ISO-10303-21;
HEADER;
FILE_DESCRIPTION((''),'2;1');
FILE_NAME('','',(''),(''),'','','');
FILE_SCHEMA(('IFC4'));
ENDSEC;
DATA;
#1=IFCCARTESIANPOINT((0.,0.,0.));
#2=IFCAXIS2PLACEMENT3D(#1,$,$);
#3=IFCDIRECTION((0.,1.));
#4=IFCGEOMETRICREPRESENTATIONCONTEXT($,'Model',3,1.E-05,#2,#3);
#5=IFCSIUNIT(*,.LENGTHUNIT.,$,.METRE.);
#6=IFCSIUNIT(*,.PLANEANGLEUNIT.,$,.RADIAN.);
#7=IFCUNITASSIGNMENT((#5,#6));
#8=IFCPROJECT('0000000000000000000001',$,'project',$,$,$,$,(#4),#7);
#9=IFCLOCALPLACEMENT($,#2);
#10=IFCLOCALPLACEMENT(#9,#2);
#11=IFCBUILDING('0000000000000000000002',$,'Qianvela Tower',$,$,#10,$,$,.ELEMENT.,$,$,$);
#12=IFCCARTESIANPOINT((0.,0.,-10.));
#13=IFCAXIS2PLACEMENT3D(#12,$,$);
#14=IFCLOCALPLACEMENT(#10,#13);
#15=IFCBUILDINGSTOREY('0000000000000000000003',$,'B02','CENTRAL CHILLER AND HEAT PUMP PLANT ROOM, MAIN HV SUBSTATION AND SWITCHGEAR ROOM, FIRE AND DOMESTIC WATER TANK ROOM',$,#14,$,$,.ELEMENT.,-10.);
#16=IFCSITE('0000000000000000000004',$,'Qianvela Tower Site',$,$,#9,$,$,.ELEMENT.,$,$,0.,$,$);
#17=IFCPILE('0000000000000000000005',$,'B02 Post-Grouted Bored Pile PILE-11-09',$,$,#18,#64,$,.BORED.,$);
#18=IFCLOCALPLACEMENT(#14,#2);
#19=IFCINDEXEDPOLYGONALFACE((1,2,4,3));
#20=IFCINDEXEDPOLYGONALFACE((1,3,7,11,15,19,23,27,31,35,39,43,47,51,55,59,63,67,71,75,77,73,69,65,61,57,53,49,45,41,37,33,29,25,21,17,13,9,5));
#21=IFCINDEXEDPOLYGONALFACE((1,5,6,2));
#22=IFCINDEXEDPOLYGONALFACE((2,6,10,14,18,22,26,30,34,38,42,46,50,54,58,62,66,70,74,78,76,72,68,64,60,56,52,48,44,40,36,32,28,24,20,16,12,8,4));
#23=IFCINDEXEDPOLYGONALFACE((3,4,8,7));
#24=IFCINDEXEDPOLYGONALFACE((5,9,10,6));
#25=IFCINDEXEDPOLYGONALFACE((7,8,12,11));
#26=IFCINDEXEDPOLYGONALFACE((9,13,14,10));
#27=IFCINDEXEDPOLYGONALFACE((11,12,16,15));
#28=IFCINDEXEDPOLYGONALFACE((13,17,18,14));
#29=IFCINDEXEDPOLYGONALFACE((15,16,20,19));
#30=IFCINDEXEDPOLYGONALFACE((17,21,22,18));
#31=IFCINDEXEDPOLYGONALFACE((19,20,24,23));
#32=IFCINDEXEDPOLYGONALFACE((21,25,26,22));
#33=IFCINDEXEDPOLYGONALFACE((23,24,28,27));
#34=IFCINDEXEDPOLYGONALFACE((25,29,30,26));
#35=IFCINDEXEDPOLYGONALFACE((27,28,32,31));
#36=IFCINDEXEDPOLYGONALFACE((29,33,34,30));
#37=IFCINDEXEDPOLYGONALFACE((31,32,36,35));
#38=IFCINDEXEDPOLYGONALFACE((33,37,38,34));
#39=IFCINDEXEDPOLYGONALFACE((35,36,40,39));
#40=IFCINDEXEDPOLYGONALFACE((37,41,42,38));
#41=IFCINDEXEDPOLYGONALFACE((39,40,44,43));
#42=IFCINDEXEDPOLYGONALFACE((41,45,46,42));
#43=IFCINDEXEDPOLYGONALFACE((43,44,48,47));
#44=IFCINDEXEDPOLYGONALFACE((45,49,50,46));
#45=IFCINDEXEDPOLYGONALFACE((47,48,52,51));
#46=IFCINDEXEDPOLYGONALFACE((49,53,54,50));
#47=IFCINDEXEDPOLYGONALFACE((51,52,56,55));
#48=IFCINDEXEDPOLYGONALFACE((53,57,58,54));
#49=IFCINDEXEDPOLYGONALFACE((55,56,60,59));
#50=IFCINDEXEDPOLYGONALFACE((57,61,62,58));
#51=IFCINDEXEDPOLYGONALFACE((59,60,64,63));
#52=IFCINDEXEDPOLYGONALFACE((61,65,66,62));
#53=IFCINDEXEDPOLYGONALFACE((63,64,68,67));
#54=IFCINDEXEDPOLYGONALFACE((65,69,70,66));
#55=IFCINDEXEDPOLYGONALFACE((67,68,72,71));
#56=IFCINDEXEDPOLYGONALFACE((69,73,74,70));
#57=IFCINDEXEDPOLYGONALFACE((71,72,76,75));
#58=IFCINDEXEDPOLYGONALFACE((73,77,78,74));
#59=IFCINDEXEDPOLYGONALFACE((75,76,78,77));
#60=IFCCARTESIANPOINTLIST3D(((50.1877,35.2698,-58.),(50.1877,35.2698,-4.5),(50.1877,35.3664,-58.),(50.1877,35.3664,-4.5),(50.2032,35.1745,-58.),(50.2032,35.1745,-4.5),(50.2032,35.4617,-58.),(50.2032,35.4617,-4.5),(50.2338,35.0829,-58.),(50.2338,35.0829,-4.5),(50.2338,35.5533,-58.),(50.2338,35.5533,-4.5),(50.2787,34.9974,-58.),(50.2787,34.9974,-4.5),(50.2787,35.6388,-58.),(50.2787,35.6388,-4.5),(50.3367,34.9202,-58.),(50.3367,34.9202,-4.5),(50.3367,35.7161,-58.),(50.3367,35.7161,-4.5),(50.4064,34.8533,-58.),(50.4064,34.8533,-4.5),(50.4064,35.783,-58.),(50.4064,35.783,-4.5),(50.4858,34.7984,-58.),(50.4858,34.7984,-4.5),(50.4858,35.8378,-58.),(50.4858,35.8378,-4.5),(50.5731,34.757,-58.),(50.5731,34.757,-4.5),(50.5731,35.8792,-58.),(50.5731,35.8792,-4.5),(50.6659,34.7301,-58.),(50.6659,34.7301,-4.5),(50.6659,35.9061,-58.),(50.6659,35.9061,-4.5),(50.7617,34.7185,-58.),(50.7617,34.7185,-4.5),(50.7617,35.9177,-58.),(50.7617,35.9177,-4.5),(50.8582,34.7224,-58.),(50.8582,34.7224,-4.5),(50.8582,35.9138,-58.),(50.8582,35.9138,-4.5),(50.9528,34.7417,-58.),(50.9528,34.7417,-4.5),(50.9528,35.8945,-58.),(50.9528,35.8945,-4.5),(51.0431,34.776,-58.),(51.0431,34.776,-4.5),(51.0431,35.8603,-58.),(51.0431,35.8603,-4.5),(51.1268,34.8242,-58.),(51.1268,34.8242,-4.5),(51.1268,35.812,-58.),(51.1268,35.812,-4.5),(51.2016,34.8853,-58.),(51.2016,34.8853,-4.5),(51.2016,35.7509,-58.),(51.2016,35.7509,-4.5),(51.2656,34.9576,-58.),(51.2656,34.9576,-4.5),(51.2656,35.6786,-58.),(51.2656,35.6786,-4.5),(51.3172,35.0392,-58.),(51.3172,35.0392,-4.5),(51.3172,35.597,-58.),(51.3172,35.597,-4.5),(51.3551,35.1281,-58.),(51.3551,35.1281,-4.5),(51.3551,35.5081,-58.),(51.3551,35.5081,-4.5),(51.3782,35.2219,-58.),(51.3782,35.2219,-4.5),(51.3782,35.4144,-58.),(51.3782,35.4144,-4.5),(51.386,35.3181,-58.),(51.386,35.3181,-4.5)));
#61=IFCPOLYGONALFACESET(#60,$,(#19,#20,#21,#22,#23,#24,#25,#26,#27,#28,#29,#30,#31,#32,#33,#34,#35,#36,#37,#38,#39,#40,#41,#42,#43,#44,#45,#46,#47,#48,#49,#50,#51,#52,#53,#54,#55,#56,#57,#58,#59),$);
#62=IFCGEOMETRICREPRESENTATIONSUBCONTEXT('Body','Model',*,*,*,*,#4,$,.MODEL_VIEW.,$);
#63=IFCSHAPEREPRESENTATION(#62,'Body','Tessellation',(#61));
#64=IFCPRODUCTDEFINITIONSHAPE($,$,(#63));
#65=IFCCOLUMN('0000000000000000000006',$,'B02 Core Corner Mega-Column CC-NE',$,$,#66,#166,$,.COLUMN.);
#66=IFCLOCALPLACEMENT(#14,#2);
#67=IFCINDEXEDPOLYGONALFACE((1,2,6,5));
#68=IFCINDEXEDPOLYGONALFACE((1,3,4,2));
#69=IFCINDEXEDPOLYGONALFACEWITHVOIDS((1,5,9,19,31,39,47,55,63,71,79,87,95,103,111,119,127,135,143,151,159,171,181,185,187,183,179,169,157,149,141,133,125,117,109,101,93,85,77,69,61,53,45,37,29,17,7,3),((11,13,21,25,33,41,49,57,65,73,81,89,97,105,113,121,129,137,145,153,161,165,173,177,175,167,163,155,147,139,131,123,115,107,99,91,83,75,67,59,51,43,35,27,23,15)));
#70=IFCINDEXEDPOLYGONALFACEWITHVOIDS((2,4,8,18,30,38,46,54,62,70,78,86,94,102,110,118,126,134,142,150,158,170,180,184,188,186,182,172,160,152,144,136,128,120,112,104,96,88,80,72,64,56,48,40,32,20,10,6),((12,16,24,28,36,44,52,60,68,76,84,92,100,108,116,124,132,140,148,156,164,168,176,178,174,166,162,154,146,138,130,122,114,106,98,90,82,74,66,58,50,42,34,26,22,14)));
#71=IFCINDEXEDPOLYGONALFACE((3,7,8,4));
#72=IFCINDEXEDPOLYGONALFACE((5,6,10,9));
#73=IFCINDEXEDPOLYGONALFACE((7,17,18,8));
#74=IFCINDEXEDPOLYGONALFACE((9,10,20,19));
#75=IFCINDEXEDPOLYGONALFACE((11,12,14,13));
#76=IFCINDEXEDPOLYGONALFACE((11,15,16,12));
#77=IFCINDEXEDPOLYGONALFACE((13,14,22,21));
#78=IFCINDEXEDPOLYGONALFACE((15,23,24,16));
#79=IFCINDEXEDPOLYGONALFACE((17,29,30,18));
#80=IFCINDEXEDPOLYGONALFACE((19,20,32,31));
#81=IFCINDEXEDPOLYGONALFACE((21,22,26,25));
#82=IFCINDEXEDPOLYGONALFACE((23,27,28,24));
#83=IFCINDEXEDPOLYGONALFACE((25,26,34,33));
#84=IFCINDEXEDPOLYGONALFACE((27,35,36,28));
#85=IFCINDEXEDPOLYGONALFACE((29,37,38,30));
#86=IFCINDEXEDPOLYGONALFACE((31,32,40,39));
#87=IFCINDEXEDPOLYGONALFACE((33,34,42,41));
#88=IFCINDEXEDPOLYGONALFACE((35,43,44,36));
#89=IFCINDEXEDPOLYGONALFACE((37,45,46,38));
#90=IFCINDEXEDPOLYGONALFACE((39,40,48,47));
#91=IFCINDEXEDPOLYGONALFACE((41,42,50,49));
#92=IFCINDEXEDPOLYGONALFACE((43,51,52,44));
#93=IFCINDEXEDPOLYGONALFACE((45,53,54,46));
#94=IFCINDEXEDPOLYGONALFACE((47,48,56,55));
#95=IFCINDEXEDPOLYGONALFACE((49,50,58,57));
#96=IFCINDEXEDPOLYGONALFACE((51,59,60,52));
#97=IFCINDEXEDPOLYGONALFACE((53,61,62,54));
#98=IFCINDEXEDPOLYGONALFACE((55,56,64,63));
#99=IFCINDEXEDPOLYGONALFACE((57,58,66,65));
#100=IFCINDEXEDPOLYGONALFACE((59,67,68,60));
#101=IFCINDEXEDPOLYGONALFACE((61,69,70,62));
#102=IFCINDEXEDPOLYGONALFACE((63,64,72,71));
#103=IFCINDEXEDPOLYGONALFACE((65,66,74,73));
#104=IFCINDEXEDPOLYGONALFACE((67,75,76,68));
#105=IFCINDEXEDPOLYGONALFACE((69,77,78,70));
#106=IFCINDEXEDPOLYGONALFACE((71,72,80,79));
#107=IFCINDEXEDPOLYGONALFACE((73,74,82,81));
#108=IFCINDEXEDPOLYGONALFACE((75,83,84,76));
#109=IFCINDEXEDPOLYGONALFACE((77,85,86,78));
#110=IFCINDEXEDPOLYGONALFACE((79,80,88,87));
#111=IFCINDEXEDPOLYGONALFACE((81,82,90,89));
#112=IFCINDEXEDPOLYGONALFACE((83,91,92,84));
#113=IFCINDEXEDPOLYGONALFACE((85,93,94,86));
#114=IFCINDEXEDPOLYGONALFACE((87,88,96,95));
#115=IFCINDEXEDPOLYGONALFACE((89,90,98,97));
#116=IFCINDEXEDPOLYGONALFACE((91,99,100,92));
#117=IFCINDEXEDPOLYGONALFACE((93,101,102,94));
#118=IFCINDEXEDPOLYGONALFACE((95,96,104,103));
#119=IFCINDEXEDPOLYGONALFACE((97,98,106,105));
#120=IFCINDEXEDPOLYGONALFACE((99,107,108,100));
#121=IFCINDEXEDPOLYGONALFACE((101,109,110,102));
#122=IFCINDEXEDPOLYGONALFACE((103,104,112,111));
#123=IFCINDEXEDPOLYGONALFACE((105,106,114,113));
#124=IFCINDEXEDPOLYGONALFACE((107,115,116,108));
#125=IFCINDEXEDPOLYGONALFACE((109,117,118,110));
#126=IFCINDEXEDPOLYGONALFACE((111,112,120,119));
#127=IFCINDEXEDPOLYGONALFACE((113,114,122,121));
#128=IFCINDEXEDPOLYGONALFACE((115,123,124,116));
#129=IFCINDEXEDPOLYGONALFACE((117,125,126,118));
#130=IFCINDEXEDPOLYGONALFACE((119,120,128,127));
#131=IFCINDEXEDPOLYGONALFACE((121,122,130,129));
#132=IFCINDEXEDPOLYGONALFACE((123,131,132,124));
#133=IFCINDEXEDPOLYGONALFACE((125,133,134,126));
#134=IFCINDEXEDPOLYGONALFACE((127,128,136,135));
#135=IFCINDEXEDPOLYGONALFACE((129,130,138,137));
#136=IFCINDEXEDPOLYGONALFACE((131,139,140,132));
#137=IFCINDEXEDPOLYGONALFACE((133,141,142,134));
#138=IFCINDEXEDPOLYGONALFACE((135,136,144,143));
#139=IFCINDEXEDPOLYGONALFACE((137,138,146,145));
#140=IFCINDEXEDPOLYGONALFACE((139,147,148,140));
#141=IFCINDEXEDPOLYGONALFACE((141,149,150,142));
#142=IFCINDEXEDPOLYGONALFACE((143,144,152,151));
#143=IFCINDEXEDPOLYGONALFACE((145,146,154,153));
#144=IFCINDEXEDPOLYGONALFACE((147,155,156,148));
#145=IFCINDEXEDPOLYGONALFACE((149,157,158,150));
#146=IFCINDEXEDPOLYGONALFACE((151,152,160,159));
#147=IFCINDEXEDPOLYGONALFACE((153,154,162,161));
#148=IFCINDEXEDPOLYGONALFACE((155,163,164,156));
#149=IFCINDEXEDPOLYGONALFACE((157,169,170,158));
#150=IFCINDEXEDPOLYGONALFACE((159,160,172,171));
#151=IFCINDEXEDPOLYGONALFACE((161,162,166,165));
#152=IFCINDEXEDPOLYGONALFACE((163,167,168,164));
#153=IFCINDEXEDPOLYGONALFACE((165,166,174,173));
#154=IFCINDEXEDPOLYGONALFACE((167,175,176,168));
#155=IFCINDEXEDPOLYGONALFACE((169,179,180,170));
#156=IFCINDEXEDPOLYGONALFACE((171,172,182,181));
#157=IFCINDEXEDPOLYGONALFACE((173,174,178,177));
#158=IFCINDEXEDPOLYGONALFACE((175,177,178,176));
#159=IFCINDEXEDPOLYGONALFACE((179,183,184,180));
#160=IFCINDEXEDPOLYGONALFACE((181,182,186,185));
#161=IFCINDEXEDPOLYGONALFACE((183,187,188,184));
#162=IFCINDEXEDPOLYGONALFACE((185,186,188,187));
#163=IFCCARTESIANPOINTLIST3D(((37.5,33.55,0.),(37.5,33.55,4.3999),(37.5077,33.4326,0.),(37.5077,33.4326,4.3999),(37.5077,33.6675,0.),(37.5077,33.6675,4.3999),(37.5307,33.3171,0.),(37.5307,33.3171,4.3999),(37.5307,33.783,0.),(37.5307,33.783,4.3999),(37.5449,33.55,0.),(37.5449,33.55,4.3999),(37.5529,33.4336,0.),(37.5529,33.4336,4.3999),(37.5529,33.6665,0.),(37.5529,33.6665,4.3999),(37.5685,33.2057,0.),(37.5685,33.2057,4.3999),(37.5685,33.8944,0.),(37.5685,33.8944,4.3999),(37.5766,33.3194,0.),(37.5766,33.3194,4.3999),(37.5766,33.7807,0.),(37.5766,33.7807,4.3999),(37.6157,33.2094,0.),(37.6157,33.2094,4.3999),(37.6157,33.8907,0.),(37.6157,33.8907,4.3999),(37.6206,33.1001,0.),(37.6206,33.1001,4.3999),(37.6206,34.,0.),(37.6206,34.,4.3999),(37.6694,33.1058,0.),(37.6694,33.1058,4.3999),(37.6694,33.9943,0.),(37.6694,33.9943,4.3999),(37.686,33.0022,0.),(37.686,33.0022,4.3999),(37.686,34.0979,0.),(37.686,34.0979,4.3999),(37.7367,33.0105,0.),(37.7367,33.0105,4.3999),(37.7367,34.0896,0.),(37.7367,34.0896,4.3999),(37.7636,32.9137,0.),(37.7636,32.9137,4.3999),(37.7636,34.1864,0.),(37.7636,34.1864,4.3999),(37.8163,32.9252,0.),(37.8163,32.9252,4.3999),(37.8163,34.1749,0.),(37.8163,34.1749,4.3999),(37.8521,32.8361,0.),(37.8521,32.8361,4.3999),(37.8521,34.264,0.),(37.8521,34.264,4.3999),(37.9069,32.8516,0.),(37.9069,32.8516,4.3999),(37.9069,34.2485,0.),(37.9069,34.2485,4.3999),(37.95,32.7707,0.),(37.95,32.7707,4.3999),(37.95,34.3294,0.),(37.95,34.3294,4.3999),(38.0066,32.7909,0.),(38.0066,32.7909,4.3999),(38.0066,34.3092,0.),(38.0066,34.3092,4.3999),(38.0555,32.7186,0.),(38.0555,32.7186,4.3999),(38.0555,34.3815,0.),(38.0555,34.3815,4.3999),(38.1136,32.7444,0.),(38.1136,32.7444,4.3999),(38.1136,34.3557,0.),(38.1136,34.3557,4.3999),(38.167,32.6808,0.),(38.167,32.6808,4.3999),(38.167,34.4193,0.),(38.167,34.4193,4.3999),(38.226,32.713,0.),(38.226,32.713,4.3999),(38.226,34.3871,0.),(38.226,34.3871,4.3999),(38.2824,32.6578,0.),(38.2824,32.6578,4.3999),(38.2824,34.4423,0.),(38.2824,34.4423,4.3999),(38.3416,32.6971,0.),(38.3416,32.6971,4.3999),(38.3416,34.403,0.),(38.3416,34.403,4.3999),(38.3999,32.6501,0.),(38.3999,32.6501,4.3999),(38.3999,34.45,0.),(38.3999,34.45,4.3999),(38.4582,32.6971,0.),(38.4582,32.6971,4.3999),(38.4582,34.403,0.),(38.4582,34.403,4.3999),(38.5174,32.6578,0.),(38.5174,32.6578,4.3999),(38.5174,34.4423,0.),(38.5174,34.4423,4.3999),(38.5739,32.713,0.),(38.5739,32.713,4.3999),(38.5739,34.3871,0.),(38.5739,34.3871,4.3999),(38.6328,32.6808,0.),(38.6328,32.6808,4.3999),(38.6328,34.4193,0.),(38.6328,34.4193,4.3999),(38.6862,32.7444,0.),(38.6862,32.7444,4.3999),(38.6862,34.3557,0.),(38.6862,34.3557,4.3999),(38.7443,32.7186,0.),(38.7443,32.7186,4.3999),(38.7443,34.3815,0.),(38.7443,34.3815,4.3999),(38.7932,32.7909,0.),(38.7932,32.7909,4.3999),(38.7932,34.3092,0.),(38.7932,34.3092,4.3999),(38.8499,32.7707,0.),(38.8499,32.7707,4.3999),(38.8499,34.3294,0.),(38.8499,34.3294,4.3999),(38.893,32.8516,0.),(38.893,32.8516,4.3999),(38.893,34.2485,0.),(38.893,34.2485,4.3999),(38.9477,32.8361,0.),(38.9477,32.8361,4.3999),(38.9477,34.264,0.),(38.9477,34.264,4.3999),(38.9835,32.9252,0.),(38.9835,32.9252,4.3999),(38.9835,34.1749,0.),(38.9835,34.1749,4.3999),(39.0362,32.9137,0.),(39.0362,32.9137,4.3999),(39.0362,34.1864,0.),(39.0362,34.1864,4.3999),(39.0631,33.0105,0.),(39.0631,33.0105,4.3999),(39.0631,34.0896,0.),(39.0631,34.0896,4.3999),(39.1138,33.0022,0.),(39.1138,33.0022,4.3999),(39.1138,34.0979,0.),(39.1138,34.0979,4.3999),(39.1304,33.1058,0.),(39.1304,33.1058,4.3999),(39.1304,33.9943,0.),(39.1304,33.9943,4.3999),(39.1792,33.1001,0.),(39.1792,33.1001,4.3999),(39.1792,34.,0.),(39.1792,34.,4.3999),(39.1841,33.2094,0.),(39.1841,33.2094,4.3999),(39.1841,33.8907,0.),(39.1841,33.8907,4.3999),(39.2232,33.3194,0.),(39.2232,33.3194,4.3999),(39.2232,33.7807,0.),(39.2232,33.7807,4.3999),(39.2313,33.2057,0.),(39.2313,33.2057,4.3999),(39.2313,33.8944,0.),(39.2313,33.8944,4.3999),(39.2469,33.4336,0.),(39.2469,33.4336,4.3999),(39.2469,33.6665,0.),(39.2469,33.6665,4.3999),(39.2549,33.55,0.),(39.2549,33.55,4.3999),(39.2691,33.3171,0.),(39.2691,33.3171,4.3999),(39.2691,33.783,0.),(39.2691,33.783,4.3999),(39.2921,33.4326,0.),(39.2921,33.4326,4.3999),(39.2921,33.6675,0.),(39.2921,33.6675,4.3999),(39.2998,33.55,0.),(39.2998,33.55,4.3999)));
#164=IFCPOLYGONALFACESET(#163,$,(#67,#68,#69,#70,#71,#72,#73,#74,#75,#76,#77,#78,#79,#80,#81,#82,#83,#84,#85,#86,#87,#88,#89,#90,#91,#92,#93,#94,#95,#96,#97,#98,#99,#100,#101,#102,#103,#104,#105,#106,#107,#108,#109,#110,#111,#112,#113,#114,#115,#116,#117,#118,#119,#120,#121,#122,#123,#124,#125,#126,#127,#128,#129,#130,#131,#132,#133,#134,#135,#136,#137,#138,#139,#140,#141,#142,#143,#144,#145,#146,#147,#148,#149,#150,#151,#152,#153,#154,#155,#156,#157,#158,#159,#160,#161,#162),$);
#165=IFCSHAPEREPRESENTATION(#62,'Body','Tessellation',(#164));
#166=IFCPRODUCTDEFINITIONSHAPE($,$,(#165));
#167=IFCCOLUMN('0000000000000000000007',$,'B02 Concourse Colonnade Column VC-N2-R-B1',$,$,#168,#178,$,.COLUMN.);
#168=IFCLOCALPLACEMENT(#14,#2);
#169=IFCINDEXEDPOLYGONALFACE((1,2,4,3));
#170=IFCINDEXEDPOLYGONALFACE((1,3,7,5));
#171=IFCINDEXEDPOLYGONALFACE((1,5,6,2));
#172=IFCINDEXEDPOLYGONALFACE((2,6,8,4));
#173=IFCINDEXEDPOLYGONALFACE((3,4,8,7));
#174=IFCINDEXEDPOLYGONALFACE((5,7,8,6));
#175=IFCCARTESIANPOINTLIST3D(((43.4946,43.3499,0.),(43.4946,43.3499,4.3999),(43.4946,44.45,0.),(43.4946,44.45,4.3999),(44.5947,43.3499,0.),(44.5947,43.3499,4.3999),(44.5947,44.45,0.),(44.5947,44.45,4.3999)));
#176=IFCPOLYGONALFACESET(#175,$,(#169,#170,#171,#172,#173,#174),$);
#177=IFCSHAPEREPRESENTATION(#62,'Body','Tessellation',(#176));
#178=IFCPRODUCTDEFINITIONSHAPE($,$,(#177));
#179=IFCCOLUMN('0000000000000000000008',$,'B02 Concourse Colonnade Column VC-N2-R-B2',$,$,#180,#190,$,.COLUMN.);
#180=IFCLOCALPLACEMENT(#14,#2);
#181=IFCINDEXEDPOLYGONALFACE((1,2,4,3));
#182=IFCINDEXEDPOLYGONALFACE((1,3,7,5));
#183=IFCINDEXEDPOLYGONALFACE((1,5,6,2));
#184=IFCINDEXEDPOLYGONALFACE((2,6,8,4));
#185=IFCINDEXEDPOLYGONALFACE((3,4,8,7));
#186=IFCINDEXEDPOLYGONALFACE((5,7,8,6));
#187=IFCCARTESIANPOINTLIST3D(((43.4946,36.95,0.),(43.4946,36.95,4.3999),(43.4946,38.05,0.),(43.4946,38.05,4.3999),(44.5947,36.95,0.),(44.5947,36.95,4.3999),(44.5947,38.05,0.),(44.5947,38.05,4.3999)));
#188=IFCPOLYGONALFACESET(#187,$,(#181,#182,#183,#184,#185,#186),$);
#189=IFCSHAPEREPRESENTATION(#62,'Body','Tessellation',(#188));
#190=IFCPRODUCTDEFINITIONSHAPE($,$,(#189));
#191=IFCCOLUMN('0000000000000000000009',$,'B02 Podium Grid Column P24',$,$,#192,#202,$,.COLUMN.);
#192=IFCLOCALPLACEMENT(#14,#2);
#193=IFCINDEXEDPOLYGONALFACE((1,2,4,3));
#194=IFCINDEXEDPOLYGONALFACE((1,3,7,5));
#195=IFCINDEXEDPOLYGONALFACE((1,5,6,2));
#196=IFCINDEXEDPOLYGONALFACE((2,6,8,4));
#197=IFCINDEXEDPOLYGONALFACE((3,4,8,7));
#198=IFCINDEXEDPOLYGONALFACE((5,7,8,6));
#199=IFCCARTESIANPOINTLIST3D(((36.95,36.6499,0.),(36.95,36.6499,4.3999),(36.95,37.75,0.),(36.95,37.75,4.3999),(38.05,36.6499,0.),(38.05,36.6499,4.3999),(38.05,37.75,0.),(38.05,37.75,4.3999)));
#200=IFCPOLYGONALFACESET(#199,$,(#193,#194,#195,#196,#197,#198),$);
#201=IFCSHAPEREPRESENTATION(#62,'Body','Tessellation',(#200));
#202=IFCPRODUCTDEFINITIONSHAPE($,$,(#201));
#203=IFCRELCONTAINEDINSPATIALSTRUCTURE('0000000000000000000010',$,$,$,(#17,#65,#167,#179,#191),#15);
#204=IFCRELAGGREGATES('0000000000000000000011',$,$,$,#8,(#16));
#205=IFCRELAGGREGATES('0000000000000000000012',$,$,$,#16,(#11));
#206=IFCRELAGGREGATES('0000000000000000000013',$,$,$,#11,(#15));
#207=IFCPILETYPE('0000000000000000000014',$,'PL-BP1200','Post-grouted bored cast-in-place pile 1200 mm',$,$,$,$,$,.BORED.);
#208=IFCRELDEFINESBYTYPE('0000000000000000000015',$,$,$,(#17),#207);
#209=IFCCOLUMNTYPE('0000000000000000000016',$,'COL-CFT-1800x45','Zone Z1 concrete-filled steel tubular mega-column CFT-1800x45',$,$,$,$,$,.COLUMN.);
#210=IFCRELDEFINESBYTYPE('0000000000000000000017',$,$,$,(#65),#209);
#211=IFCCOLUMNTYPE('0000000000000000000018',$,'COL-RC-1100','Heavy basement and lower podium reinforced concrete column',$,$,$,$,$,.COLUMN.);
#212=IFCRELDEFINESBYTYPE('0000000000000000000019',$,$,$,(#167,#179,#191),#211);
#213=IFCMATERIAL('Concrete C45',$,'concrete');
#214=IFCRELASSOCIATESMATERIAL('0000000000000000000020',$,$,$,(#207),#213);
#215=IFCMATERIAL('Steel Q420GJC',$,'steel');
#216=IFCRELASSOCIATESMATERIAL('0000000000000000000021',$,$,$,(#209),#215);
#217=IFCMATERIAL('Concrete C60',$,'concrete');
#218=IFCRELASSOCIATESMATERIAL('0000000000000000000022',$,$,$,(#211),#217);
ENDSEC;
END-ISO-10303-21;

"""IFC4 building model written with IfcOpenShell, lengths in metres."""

from ifc_helpers import new_model, si_unit, direction, frame, origin, origin_2d, place, context, subcontext, project, spatial, rectangle, circle, hollow_circle, extrude, material, material_profile, profile_set, type_object, element, save


model = new_model("IFC4")

# Units and contexts
model_context = context("Model", 3, precision=1e-05, world=origin(), true_north=direction((0.0, 1.0)))
body_context = subcontext(model_context, "Body", "Model", "MODEL_VIEW")
ifc_project = project(units=[si_unit("LENGTHUNIT", "METRE"), si_unit("PLANEANGLEUNIT", "RADIAN")], contexts=[model_context])

# Site, building, storey
site_placement = place(None, origin())
site = spatial("IfcSite", under=ifc_project, at=site_placement, Name="Qianvela Tower Site", CompositionType="ELEMENT", RefElevation=0.0)
building_placement = place(site_placement, origin())
building = spatial("IfcBuilding", under=site, at=building_placement, Name="Qianvela Tower", CompositionType="ELEMENT")
storey_placement = place(building_placement, frame((0.0, 0.0, -10.0)))
storey = spatial("IfcBuildingStorey", under=building, at=storey_placement, Name="B02", Description="CENTRAL CHILLER AND HEAT PUMP PLANT ROOM, MAIN HV SUBSTATION AND SWITCHGEAR ROOM, FIRE AND DOMESTIC WATER TANK ROOM", CompositionType="ELEMENT", Elevation=-10.0)

# Pile
ifc_material_1 = material(Name="Concrete C45", Category="concrete")
ifc_material_profile_1 = material_profile(ifc_material_1, circle(Radius=0.6001, at=origin_2d()), Name="BP-1200")
ifc_profile_set_1 = profile_set([ifc_material_profile_1], Name="Concrete C45")
pile_type = type_object("IfcPileType", Name="PL-BP1200", Description="Post-grouted bored cast-in-place pile 1200 mm", PredefinedType="BORED", material=ifc_profile_set_1)
for number, where, z_axis, x_axis, name in (
    (1, (50.7859, 35.3181, -4.5), (0.0, 0.0, -1.0), (1.0, 0.0, 0.0), "B02 Post-Grouted Bored Pile PILE-11-09"),
):
    element("IfcPile", number, at=place(storey_placement, frame(where, z_axis=z_axis, x_axis=x_axis)), inside=storey, type_object=pile_type, Name=name, PredefinedType="BORED", context=body_context, shape_type="SweptSolid", body=[
        extrude(circle(Radius=0.6001, at=origin_2d()), origin(), (0.0, 0.0, 1.0), 53.5),
    ])

# Columns
ifc_material_2 = material(Name="Steel Q420GJC", Category="steel")
ifc_material_profile_2 = material_profile(ifc_material_2, hollow_circle(Radius=0.8999, WallThickness=0.0449, at=origin_2d()), Name="CFT-1800x45")
ifc_profile_set_2 = profile_set([ifc_material_profile_2], Name="Steel Q420GJC")
column_type_1 = type_object("IfcColumnType", Name="COL-CFT-1800x45", Description="Zone Z1 concrete-filled steel tubular mega-column CFT-1800x45", PredefinedType="COLUMN", material=ifc_profile_set_2)
column_placement = place(storey_placement, frame((38.3999, 33.55, 0.0), z_axis=(0.0, 0.0, 1.0), x_axis=(1.0, 0.0, 0.0)))
element("IfcColumn", 2, at=column_placement, inside=storey, type_object=column_type_1, Name="B02 Core Corner Mega-Column CC-NE", PredefinedType="COLUMN", context=body_context, shape_type="SweptSolid", body=[
    extrude(hollow_circle(Radius=0.8999, WallThickness=0.0449, at=origin_2d()), origin(), (0.0, 0.0, 1.0), 4.3999),
])
ifc_material_3 = material(Name="Concrete C60", Category="concrete")
ifc_material_profile_3 = material_profile(ifc_material_3, rectangle(XDim=1.1001, YDim=1.1001, at=origin_2d()), Name="RC-COL-1100x1100")
ifc_profile_set_3 = profile_set([ifc_material_profile_3], Name="Concrete C60")
column_type_2 = type_object("IfcColumnType", Name="COL-RC-1100", Description="Heavy basement and lower podium reinforced concrete column", PredefinedType="COLUMN", material=ifc_profile_set_3)
for number, where, z_axis, x_axis, name in (
    (3, (44.0447, 43.8999, 0.0), (0.0, 0.0, 1.0), (1.0, 0.0, 0.0), "B02 Concourse Colonnade Column VC-N2-R-B1"),
    (4, (44.0447, 37.5, 0.0), (0.0, 0.0, 1.0), (1.0, 0.0, 0.0), "B02 Concourse Colonnade Column VC-N2-R-B2"),
    (5, (37.5, 37.2, 0.0), (0.0, 0.0, 1.0), (1.0, 0.0, 0.0), "B02 Podium Grid Column P24"),
):
    element("IfcColumn", number, at=place(storey_placement, frame(where, z_axis=z_axis, x_axis=x_axis)), inside=storey, type_object=column_type_2, Name=name, PredefinedType="COLUMN", context=body_context, shape_type="SweptSolid", body=[
        extrude(rectangle(XDim=1.1001, YDim=1.1001, at=origin_2d()), origin(), (0.0, 0.0, 1.0), 4.3999),
    ])

save(model, "model.ifc")
